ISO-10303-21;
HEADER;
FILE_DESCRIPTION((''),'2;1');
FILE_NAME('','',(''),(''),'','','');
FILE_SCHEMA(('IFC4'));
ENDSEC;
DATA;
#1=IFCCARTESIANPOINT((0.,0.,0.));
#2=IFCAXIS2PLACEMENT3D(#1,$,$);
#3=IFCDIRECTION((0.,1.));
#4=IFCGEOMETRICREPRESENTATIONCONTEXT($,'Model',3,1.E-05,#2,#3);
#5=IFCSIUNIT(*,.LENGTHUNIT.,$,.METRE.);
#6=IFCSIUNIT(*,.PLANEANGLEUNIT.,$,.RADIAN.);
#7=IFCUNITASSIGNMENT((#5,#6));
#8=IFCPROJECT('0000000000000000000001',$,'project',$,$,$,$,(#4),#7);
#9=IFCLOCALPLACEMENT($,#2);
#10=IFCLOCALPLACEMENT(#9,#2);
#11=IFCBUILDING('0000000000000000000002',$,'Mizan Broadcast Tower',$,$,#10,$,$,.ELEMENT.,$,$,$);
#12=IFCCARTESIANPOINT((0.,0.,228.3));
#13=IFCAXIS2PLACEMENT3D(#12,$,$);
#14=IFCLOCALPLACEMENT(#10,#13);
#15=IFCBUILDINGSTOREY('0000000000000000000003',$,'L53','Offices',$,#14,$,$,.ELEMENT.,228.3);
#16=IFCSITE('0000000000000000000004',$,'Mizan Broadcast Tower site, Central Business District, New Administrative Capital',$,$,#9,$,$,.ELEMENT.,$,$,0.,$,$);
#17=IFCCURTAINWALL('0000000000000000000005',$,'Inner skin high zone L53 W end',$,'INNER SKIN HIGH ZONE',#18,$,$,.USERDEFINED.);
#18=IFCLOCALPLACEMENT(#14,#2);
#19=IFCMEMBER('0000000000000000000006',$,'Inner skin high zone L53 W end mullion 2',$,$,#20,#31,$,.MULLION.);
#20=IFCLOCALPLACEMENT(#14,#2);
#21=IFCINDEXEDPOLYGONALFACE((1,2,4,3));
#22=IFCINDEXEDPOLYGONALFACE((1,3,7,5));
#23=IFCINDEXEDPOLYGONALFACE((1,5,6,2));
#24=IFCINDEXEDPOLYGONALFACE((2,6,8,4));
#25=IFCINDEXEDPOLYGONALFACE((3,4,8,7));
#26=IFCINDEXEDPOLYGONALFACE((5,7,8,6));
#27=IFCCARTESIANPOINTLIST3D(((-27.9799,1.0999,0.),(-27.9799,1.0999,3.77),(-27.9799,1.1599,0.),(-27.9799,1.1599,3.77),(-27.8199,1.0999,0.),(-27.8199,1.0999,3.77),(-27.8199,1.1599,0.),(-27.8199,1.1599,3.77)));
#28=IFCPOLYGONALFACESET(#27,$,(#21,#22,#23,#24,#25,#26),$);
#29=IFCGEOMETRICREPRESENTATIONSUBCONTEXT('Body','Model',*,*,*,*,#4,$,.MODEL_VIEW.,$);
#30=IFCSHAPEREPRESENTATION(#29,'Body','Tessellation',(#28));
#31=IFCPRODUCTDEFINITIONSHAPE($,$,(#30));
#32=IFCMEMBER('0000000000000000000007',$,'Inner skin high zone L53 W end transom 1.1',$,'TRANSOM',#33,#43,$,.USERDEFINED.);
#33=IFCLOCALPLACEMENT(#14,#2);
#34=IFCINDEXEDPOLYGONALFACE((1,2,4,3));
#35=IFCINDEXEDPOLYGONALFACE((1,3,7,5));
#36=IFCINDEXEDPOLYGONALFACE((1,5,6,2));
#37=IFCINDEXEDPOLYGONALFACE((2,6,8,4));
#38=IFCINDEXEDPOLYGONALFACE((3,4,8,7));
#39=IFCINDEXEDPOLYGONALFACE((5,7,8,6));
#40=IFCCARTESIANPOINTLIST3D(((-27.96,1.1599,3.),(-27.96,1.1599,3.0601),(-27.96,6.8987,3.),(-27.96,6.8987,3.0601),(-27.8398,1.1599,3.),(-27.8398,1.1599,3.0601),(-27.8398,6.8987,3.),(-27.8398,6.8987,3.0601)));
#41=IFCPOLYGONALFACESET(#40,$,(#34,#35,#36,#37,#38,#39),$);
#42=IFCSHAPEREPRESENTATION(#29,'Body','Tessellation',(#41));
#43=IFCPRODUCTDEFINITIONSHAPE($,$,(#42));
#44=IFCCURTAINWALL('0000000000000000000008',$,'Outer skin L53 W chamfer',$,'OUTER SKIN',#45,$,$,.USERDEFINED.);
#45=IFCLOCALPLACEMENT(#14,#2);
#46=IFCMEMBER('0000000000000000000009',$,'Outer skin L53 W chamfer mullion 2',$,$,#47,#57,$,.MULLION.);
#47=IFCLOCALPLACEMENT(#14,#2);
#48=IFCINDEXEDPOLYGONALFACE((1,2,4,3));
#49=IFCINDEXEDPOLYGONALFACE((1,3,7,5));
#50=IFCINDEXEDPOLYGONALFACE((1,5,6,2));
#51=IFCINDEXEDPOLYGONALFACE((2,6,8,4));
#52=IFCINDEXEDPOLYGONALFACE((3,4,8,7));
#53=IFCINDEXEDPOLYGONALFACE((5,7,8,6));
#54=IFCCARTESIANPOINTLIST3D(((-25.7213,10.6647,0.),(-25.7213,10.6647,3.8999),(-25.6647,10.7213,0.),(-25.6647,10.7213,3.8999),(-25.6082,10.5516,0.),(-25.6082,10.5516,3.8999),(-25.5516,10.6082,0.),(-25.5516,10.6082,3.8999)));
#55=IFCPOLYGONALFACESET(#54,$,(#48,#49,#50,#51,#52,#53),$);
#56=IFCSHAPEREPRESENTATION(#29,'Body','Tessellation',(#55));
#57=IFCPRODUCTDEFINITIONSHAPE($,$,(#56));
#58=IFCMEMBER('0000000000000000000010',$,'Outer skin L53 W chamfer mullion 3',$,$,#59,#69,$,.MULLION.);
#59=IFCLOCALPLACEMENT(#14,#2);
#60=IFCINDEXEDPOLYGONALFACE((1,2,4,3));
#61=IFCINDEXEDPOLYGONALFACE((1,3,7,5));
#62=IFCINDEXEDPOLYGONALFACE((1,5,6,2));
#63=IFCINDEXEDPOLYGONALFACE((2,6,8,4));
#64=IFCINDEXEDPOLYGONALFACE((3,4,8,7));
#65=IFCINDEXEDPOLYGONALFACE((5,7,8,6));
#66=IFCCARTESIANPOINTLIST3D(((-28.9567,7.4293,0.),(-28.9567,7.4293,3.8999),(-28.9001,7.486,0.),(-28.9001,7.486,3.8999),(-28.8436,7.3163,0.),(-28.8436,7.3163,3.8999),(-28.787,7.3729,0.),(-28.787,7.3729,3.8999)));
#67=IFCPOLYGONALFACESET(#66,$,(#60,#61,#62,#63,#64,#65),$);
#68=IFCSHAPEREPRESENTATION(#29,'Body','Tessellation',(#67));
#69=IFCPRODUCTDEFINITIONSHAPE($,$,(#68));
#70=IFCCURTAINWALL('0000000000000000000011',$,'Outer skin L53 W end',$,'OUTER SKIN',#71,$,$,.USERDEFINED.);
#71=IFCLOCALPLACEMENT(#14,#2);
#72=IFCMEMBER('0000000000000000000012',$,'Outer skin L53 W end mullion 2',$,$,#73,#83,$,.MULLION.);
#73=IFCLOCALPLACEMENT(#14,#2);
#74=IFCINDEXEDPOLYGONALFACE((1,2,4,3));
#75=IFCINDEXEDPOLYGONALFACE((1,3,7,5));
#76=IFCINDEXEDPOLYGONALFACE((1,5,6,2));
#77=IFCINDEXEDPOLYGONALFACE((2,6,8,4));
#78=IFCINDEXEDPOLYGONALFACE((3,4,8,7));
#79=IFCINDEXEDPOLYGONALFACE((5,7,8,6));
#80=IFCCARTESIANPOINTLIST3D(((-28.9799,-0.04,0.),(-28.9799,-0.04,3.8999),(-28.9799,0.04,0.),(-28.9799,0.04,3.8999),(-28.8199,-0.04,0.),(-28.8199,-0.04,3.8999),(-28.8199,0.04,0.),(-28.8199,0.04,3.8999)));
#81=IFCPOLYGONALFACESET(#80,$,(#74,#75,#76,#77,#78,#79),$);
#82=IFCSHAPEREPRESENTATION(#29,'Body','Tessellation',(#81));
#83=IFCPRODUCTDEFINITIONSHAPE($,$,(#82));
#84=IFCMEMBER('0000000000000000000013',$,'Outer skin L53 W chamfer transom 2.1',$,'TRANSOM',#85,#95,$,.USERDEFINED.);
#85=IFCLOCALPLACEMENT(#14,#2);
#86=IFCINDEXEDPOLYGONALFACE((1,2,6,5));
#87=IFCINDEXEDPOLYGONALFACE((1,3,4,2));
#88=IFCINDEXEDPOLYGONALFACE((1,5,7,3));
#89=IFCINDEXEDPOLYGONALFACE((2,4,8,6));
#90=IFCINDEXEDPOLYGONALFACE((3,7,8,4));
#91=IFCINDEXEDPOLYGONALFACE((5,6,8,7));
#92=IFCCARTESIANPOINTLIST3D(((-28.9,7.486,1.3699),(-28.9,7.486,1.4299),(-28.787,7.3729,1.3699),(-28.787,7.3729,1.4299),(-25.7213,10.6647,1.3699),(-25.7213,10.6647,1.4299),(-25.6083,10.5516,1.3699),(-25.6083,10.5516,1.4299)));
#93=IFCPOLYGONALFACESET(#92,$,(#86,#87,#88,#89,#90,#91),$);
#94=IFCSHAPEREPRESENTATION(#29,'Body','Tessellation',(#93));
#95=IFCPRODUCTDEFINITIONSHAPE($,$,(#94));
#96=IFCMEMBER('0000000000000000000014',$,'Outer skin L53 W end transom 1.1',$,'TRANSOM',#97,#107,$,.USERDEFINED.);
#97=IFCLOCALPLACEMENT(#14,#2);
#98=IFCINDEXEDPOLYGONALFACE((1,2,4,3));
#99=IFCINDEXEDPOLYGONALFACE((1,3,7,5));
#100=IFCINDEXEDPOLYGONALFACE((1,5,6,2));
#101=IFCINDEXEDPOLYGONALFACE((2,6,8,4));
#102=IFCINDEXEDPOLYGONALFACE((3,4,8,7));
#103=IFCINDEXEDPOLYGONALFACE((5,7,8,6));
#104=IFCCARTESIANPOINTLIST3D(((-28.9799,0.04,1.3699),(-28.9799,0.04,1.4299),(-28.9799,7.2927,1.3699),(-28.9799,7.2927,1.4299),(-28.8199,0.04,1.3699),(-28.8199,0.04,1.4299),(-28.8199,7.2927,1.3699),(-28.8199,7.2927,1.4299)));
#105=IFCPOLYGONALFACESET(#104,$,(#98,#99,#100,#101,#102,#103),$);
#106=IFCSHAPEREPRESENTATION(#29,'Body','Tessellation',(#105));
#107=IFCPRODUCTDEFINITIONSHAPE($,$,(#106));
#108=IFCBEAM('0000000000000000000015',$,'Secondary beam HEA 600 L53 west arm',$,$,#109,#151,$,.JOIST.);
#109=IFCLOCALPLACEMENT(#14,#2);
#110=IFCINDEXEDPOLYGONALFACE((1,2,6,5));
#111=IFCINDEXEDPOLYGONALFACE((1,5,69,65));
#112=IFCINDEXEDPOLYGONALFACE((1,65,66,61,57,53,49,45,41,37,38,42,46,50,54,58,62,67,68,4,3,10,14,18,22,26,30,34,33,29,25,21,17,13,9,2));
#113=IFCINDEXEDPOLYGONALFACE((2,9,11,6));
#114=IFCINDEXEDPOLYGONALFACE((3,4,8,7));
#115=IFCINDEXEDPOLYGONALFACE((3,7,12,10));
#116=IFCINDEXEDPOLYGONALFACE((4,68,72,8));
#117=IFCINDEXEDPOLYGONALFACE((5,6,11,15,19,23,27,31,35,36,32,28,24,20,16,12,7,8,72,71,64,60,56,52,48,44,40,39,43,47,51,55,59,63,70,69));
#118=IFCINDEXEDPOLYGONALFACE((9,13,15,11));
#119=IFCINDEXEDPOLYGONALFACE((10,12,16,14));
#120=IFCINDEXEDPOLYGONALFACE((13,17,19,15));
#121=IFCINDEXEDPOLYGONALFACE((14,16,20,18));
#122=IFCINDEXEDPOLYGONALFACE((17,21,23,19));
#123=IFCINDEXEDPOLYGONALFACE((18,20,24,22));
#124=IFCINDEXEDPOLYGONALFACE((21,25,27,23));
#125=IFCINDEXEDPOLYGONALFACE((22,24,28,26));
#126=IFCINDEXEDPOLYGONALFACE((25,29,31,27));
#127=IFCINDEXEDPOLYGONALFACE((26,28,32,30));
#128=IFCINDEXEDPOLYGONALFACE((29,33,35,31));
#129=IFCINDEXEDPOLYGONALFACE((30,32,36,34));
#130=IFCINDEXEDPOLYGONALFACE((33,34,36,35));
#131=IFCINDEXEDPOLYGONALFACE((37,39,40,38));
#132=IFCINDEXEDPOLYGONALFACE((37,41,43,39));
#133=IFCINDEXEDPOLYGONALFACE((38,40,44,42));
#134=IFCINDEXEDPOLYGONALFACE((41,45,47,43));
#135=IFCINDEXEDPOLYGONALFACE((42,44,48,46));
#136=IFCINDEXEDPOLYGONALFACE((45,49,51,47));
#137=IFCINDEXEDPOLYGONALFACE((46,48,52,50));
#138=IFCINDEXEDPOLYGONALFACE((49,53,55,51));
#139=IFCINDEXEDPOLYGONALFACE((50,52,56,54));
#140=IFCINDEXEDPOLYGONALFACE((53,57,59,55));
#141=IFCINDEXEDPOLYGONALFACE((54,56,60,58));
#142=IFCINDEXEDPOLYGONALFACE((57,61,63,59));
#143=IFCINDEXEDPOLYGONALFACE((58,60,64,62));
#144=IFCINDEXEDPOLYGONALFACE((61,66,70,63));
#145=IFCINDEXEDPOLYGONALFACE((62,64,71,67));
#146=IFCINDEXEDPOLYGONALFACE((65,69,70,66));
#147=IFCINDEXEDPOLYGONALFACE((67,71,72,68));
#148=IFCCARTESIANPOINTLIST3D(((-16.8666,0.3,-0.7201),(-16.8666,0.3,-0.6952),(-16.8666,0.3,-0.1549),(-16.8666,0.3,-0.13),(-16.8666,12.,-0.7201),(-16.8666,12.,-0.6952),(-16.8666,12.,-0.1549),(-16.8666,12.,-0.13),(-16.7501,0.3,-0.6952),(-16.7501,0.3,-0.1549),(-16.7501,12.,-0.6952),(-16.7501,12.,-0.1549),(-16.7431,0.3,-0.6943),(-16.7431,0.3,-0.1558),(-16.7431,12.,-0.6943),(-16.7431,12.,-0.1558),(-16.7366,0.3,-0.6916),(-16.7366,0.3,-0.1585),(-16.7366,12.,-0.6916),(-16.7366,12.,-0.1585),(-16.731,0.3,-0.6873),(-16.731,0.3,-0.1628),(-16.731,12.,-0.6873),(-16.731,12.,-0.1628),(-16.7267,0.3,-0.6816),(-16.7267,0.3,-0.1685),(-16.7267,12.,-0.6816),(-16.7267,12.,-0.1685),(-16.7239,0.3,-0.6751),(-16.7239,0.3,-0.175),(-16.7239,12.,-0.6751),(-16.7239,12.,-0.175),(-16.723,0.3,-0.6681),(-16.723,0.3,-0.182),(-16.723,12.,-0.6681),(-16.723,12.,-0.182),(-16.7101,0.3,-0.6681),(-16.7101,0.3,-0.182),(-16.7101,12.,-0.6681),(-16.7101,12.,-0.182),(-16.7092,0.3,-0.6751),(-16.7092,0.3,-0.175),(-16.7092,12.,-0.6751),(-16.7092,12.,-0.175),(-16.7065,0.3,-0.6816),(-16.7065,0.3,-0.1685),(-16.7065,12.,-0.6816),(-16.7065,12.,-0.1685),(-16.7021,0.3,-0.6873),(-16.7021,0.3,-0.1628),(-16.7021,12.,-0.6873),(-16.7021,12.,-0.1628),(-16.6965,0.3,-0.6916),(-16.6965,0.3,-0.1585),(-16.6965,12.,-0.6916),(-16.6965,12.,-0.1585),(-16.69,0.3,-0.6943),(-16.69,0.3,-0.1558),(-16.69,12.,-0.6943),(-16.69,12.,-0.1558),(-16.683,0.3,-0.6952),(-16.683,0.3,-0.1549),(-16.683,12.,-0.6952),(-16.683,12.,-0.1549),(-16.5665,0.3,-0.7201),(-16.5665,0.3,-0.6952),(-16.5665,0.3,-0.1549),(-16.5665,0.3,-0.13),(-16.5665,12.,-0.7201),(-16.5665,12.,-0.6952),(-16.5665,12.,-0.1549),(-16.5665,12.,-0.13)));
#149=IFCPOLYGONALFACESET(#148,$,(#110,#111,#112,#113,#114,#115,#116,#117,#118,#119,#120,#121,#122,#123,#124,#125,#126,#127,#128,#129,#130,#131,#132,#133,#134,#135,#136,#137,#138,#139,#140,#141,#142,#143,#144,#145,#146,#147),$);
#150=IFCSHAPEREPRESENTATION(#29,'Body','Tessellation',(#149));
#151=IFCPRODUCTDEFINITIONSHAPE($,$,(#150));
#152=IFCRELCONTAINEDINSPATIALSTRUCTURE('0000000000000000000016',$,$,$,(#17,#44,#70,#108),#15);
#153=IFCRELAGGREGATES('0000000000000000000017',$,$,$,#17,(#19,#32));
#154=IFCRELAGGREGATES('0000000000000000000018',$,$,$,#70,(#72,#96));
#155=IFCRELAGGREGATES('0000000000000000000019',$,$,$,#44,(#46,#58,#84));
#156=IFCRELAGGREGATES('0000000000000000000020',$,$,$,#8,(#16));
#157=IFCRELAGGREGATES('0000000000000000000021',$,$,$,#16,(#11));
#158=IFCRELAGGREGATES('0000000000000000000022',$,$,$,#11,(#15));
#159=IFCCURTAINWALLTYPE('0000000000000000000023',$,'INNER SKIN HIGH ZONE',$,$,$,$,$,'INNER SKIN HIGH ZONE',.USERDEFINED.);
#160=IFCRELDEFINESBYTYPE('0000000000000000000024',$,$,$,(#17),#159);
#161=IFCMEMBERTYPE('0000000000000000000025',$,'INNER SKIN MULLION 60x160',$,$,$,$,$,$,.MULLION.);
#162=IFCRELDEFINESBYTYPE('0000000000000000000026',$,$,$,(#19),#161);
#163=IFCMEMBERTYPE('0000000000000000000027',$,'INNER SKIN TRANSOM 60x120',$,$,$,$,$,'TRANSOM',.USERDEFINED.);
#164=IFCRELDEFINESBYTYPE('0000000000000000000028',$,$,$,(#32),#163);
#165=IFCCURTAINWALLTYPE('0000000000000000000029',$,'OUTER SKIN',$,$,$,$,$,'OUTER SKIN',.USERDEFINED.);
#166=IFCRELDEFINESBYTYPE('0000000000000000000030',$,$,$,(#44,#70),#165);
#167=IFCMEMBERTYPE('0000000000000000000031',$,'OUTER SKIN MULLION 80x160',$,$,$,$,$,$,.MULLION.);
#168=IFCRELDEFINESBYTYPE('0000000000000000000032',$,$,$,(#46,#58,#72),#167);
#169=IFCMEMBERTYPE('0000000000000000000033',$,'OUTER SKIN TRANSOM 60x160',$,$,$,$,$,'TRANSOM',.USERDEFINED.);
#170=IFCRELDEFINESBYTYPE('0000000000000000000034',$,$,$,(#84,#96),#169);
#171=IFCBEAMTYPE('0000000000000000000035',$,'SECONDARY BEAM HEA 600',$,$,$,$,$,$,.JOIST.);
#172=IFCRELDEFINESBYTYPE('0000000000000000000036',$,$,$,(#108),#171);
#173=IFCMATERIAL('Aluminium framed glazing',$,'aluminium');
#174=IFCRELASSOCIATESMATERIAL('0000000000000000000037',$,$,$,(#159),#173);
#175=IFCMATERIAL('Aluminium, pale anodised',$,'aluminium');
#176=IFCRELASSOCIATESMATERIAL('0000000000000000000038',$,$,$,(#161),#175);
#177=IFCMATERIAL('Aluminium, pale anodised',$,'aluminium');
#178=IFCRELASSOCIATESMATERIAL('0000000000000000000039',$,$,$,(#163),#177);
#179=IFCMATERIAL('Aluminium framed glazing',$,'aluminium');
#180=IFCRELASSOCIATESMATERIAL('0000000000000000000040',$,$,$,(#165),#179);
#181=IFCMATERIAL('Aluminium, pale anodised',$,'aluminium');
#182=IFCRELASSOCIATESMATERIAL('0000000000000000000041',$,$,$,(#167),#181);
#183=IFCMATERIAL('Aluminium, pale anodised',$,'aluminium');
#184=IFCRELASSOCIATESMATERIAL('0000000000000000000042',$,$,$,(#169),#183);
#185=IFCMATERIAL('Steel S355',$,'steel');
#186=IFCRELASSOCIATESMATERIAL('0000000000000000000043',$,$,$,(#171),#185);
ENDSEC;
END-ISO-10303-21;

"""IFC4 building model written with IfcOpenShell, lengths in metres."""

from ifc_helpers import new_model, si_unit, direction, frame, origin, origin_2d, place, context, subcontext, project, spatial, rectangle, i_section, extrude, material, material_profile, profile_set, type_object, element, aggregate, save


model = new_model("IFC4")

# Units and contexts
model_context = context("Model", 3, precision=1e-05, world=origin(), true_north=direction((0.0, 1.0)))
body_context = subcontext(model_context, "Body", "Model", "MODEL_VIEW")
ifc_project = project(units=[si_unit("LENGTHUNIT", "METRE"), si_unit("PLANEANGLEUNIT", "RADIAN")], contexts=[model_context])

# Site, building, storey
site_placement = place(None, origin())
site = spatial("IfcSite", under=ifc_project, at=site_placement, Name="Mizan Broadcast Tower site, Central Business District, New Administrative Capital", CompositionType="ELEMENT", RefElevation=0.0)
building_placement = place(site_placement, origin())
building = spatial("IfcBuilding", under=site, at=building_placement, Name="Mizan Broadcast Tower", CompositionType="ELEMENT")
storey_placement = place(building_placement, frame((0.0, 0.0, 228.3)))
storey = spatial("IfcBuildingStorey", under=building, at=storey_placement, Name="L53", Description="Offices", CompositionType="ELEMENT", Elevation=228.3)

# Shared definitions
ifc_material_1 = material(Name="Aluminium framed glazing", Category="aluminium")
curtain_wall_type_1 = type_object("IfcCurtainWallType", Name="INNER SKIN HIGH ZONE", ElementType="INNER SKIN HIGH ZONE", PredefinedType="USERDEFINED", material=ifc_material_1)
ifc_material_2 = material(Name="Aluminium, pale anodised", Category="aluminium")
ifc_material_profile_1 = material_profile(ifc_material_2, rectangle(XDim=0.1599, YDim=0.0601, at=origin_2d()), Name="MULLION 160x60")
ifc_profile_set_1 = profile_set([ifc_material_profile_1], Name="Aluminium, pale anodised")
member_type_1 = type_object("IfcMemberType", Name="INNER SKIN MULLION 60x160", PredefinedType="MULLION", material=ifc_profile_set_1)

# Curtain walls, members
curtain_wall_1_placement = place(storey_placement, origin())
curtain_wall_1 = element("IfcCurtainWall", 1, at=curtain_wall_1_placement, inside=storey, type_object=curtain_wall_type_1, Name="Inner skin high zone L53 W end", ObjectType="INNER SKIN HIGH ZONE", PredefinedType="USERDEFINED")
member_1_placement = place(storey_placement, frame((-27.8999, 1.1299, 0.0), z_axis=(0.0, 0.0, 1.0), x_axis=(1.0, 0.0, 0.0)))
member_1 = element("IfcMember", 2, at=member_1_placement, type_object=member_type_1, Name="Inner skin high zone L53 W end mullion 2", PredefinedType="MULLION", context=body_context, shape_type="SweptSolid", body=[
    extrude(rectangle(XDim=0.1599, YDim=0.0601, at=origin_2d()), origin(), (0.0, 0.0, 1.0), 3.77),
])
ifc_material_3 = material(Name="Aluminium, pale anodised", Category="aluminium")
ifc_material_profile_2 = material_profile(ifc_material_3, rectangle(XDim=0.1201, YDim=0.0601, at=origin_2d()), Name="TRANSOM 120x60")
ifc_profile_set_2 = profile_set([ifc_material_profile_2], Name="Aluminium, pale anodised")
member_type_2 = type_object("IfcMemberType", Name="INNER SKIN TRANSOM 60x120", ElementType="TRANSOM", PredefinedType="USERDEFINED", material=ifc_profile_set_2)
member_2_placement = place(storey_placement, frame((-27.8999, 6.8987, 3.03), z_axis=(0.0, -1.0, 0.0), x_axis=(1.0, 0.0, 0.0)))
member_2 = element("IfcMember", 3, at=member_2_placement, type_object=member_type_2, Name="Inner skin high zone L53 W end transom 1.1", ObjectType="TRANSOM", PredefinedType="USERDEFINED", context=body_context, shape_type="SweptSolid", body=[
    extrude(rectangle(XDim=0.1201, YDim=0.0601, at=origin_2d()), origin(), (0.0, 0.0, 1.0), 5.7388),
])
ifc_material_4 = material(Name="Aluminium framed glazing", Category="aluminium")
curtain_wall_type_2 = type_object("IfcCurtainWallType", Name="OUTER SKIN", ElementType="OUTER SKIN", PredefinedType="USERDEFINED", material=ifc_material_4)
curtain_wall_2_placement = place(storey_placement, origin())
curtain_wall_2 = element("IfcCurtainWall", 4, at=curtain_wall_2_placement, inside=storey, type_object=curtain_wall_type_2, Name="Outer skin L53 W chamfer", ObjectType="OUTER SKIN", PredefinedType="USERDEFINED")
ifc_material_5 = material(Name="Aluminium, pale anodised", Category="aluminium")
ifc_material_profile_3 = material_profile(ifc_material_5, rectangle(XDim=0.1599, YDim=0.0801, at=origin_2d()), Name="MULLION 160x80")
ifc_profile_set_3 = profile_set([ifc_material_profile_3], Name="Aluminium, pale anodised")
member_type_3 = type_object("IfcMemberType", Name="OUTER SKIN MULLION 80x160", PredefinedType="MULLION", material=ifc_profile_set_3)
member_3_placement = place(storey_placement, frame((-25.6365, 10.6365, 0.0), z_axis=(0.0, 0.0, 1.0), x_axis=(0.707107, -0.707107, 0.0)))
member_3 = element("IfcMember", 5, at=member_3_placement, type_object=member_type_3, Name="Outer skin L53 W chamfer mullion 2", PredefinedType="MULLION", context=body_context, shape_type="SweptSolid", body=[
    extrude(rectangle(XDim=0.1599, YDim=0.0801, at=origin_2d()), origin(), (0.0, 0.0, 1.0), 3.8999),
])
member_4_placement = place(storey_placement, frame((-28.8718, 7.4011, 0.0), z_axis=(0.0, 0.0, 1.0), x_axis=(0.707107, -0.707107, 0.0)))
member_4 = element("IfcMember", 6, at=member_4_placement, type_object=member_type_3, Name="Outer skin L53 W chamfer mullion 3", PredefinedType="MULLION", context=body_context, shape_type="SweptSolid", body=[
    extrude(rectangle(XDim=0.1599, YDim=0.0801, at=origin_2d()), origin(), (0.0, 0.0, 1.0), 3.8999),
])

# Curtain wall, member
curtain_wall_3_placement = place(storey_placement, origin())
curtain_wall_3 = element("IfcCurtainWall", 7, at=curtain_wall_3_placement, inside=storey, type_object=curtain_wall_type_2, Name="Outer skin L53 W end", ObjectType="OUTER SKIN", PredefinedType="USERDEFINED")
member_5_placement = place(storey_placement, frame((-28.8999, 0.0, 0.0), z_axis=(0.0, 0.0, 1.0), x_axis=(1.0, 0.0, 0.0)))
member_5 = element("IfcMember", 8, at=member_5_placement, type_object=member_type_3, Name="Outer skin L53 W end mullion 2", PredefinedType="MULLION", context=body_context, shape_type="SweptSolid", body=[
    extrude(rectangle(XDim=0.1599, YDim=0.0801, at=origin_2d()), origin(), (0.0, 0.0, 1.0), 3.8999),
])

# Members
ifc_material_6 = material(Name="Aluminium, pale anodised", Category="aluminium")
ifc_material_profile_4 = material_profile(ifc_material_6, rectangle(XDim=0.1599, YDim=0.0601, at=origin_2d()), Name="TRANSOM 160x60")
ifc_profile_set_4 = profile_set([ifc_material_profile_4], Name="Aluminium, pale anodised")
member_type_4 = type_object("IfcMemberType", Name="OUTER SKIN TRANSOM 60x160", ElementType="TRANSOM", PredefinedType="USERDEFINED", material=ifc_profile_set_4)
member_6_placement = place(storey_placement, frame((-25.6648, 10.6082, 1.3999), z_axis=(-0.707107, -0.707107, 0.0), x_axis=(0.707107, -0.707107, 0.0)))
member_6 = element("IfcMember", 9, at=member_6_placement, type_object=member_type_4, Name="Outer skin L53 W chamfer transom 2.1", ObjectType="TRANSOM", PredefinedType="USERDEFINED", context=body_context, shape_type="SweptSolid", body=[
    extrude(rectangle(XDim=0.1599, YDim=0.0601, at=origin_2d()), origin(), (0.0, 0.0, 1.0), 4.4954),
])
member_7_placement = place(storey_placement, frame((-28.8999, 7.2927, 1.3999), z_axis=(0.0, -1.0, 0.0), x_axis=(1.0, 0.0, 0.0)))
member_7 = element("IfcMember", 10, at=member_7_placement, type_object=member_type_4, Name="Outer skin L53 W end transom 1.1", ObjectType="TRANSOM", PredefinedType="USERDEFINED", context=body_context, shape_type="SweptSolid", body=[
    extrude(rectangle(XDim=0.1599, YDim=0.0601, at=origin_2d()), origin(), (0.0, 0.0, 1.0), 7.2527),
])

# Beam
ifc_material_7 = material(Name="Steel S355", Category="steel")
ifc_material_profile_5 = material_profile(ifc_material_7, i_section(OverallWidth=0.3, OverallDepth=0.5901, WebThickness=0.0129, FlangeThickness=0.0249, FilletRadius=0.0271, at=origin_2d()), Name="HEA 600")
ifc_profile_set_5 = profile_set([ifc_material_profile_5], Name="Steel S355")
beam_type_1 = type_object("IfcBeamType", Name="SECONDARY BEAM HEA 600", PredefinedType="JOIST", material=ifc_profile_set_5)
beam_1_placement = place(storey_placement, frame((-16.7166, 12.0, -0.425), z_axis=(0.0, -1.0, 0.0), x_axis=(1.0, 0.0, 0.0)))
element("IfcBeam", 11, at=beam_1_placement, inside=storey, type_object=beam_type_1, Name="Secondary beam HEA 600 L53 west arm", PredefinedType="JOIST", context=body_context, shape_type="SweptSolid", body=[
    extrude(i_section(OverallWidth=0.3, OverallDepth=0.5901, WebThickness=0.0129, FlangeThickness=0.0249, FilletRadius=0.0271, at=origin_2d()), origin(), (0.0, 0.0, 1.0), 11.7),
])

aggregate(curtain_wall_1, [member_1, member_2])
aggregate(curtain_wall_3, [member_5, member_7])
aggregate(curtain_wall_2, [member_3, member_4, member_6])

save(model, "model.ifc")
